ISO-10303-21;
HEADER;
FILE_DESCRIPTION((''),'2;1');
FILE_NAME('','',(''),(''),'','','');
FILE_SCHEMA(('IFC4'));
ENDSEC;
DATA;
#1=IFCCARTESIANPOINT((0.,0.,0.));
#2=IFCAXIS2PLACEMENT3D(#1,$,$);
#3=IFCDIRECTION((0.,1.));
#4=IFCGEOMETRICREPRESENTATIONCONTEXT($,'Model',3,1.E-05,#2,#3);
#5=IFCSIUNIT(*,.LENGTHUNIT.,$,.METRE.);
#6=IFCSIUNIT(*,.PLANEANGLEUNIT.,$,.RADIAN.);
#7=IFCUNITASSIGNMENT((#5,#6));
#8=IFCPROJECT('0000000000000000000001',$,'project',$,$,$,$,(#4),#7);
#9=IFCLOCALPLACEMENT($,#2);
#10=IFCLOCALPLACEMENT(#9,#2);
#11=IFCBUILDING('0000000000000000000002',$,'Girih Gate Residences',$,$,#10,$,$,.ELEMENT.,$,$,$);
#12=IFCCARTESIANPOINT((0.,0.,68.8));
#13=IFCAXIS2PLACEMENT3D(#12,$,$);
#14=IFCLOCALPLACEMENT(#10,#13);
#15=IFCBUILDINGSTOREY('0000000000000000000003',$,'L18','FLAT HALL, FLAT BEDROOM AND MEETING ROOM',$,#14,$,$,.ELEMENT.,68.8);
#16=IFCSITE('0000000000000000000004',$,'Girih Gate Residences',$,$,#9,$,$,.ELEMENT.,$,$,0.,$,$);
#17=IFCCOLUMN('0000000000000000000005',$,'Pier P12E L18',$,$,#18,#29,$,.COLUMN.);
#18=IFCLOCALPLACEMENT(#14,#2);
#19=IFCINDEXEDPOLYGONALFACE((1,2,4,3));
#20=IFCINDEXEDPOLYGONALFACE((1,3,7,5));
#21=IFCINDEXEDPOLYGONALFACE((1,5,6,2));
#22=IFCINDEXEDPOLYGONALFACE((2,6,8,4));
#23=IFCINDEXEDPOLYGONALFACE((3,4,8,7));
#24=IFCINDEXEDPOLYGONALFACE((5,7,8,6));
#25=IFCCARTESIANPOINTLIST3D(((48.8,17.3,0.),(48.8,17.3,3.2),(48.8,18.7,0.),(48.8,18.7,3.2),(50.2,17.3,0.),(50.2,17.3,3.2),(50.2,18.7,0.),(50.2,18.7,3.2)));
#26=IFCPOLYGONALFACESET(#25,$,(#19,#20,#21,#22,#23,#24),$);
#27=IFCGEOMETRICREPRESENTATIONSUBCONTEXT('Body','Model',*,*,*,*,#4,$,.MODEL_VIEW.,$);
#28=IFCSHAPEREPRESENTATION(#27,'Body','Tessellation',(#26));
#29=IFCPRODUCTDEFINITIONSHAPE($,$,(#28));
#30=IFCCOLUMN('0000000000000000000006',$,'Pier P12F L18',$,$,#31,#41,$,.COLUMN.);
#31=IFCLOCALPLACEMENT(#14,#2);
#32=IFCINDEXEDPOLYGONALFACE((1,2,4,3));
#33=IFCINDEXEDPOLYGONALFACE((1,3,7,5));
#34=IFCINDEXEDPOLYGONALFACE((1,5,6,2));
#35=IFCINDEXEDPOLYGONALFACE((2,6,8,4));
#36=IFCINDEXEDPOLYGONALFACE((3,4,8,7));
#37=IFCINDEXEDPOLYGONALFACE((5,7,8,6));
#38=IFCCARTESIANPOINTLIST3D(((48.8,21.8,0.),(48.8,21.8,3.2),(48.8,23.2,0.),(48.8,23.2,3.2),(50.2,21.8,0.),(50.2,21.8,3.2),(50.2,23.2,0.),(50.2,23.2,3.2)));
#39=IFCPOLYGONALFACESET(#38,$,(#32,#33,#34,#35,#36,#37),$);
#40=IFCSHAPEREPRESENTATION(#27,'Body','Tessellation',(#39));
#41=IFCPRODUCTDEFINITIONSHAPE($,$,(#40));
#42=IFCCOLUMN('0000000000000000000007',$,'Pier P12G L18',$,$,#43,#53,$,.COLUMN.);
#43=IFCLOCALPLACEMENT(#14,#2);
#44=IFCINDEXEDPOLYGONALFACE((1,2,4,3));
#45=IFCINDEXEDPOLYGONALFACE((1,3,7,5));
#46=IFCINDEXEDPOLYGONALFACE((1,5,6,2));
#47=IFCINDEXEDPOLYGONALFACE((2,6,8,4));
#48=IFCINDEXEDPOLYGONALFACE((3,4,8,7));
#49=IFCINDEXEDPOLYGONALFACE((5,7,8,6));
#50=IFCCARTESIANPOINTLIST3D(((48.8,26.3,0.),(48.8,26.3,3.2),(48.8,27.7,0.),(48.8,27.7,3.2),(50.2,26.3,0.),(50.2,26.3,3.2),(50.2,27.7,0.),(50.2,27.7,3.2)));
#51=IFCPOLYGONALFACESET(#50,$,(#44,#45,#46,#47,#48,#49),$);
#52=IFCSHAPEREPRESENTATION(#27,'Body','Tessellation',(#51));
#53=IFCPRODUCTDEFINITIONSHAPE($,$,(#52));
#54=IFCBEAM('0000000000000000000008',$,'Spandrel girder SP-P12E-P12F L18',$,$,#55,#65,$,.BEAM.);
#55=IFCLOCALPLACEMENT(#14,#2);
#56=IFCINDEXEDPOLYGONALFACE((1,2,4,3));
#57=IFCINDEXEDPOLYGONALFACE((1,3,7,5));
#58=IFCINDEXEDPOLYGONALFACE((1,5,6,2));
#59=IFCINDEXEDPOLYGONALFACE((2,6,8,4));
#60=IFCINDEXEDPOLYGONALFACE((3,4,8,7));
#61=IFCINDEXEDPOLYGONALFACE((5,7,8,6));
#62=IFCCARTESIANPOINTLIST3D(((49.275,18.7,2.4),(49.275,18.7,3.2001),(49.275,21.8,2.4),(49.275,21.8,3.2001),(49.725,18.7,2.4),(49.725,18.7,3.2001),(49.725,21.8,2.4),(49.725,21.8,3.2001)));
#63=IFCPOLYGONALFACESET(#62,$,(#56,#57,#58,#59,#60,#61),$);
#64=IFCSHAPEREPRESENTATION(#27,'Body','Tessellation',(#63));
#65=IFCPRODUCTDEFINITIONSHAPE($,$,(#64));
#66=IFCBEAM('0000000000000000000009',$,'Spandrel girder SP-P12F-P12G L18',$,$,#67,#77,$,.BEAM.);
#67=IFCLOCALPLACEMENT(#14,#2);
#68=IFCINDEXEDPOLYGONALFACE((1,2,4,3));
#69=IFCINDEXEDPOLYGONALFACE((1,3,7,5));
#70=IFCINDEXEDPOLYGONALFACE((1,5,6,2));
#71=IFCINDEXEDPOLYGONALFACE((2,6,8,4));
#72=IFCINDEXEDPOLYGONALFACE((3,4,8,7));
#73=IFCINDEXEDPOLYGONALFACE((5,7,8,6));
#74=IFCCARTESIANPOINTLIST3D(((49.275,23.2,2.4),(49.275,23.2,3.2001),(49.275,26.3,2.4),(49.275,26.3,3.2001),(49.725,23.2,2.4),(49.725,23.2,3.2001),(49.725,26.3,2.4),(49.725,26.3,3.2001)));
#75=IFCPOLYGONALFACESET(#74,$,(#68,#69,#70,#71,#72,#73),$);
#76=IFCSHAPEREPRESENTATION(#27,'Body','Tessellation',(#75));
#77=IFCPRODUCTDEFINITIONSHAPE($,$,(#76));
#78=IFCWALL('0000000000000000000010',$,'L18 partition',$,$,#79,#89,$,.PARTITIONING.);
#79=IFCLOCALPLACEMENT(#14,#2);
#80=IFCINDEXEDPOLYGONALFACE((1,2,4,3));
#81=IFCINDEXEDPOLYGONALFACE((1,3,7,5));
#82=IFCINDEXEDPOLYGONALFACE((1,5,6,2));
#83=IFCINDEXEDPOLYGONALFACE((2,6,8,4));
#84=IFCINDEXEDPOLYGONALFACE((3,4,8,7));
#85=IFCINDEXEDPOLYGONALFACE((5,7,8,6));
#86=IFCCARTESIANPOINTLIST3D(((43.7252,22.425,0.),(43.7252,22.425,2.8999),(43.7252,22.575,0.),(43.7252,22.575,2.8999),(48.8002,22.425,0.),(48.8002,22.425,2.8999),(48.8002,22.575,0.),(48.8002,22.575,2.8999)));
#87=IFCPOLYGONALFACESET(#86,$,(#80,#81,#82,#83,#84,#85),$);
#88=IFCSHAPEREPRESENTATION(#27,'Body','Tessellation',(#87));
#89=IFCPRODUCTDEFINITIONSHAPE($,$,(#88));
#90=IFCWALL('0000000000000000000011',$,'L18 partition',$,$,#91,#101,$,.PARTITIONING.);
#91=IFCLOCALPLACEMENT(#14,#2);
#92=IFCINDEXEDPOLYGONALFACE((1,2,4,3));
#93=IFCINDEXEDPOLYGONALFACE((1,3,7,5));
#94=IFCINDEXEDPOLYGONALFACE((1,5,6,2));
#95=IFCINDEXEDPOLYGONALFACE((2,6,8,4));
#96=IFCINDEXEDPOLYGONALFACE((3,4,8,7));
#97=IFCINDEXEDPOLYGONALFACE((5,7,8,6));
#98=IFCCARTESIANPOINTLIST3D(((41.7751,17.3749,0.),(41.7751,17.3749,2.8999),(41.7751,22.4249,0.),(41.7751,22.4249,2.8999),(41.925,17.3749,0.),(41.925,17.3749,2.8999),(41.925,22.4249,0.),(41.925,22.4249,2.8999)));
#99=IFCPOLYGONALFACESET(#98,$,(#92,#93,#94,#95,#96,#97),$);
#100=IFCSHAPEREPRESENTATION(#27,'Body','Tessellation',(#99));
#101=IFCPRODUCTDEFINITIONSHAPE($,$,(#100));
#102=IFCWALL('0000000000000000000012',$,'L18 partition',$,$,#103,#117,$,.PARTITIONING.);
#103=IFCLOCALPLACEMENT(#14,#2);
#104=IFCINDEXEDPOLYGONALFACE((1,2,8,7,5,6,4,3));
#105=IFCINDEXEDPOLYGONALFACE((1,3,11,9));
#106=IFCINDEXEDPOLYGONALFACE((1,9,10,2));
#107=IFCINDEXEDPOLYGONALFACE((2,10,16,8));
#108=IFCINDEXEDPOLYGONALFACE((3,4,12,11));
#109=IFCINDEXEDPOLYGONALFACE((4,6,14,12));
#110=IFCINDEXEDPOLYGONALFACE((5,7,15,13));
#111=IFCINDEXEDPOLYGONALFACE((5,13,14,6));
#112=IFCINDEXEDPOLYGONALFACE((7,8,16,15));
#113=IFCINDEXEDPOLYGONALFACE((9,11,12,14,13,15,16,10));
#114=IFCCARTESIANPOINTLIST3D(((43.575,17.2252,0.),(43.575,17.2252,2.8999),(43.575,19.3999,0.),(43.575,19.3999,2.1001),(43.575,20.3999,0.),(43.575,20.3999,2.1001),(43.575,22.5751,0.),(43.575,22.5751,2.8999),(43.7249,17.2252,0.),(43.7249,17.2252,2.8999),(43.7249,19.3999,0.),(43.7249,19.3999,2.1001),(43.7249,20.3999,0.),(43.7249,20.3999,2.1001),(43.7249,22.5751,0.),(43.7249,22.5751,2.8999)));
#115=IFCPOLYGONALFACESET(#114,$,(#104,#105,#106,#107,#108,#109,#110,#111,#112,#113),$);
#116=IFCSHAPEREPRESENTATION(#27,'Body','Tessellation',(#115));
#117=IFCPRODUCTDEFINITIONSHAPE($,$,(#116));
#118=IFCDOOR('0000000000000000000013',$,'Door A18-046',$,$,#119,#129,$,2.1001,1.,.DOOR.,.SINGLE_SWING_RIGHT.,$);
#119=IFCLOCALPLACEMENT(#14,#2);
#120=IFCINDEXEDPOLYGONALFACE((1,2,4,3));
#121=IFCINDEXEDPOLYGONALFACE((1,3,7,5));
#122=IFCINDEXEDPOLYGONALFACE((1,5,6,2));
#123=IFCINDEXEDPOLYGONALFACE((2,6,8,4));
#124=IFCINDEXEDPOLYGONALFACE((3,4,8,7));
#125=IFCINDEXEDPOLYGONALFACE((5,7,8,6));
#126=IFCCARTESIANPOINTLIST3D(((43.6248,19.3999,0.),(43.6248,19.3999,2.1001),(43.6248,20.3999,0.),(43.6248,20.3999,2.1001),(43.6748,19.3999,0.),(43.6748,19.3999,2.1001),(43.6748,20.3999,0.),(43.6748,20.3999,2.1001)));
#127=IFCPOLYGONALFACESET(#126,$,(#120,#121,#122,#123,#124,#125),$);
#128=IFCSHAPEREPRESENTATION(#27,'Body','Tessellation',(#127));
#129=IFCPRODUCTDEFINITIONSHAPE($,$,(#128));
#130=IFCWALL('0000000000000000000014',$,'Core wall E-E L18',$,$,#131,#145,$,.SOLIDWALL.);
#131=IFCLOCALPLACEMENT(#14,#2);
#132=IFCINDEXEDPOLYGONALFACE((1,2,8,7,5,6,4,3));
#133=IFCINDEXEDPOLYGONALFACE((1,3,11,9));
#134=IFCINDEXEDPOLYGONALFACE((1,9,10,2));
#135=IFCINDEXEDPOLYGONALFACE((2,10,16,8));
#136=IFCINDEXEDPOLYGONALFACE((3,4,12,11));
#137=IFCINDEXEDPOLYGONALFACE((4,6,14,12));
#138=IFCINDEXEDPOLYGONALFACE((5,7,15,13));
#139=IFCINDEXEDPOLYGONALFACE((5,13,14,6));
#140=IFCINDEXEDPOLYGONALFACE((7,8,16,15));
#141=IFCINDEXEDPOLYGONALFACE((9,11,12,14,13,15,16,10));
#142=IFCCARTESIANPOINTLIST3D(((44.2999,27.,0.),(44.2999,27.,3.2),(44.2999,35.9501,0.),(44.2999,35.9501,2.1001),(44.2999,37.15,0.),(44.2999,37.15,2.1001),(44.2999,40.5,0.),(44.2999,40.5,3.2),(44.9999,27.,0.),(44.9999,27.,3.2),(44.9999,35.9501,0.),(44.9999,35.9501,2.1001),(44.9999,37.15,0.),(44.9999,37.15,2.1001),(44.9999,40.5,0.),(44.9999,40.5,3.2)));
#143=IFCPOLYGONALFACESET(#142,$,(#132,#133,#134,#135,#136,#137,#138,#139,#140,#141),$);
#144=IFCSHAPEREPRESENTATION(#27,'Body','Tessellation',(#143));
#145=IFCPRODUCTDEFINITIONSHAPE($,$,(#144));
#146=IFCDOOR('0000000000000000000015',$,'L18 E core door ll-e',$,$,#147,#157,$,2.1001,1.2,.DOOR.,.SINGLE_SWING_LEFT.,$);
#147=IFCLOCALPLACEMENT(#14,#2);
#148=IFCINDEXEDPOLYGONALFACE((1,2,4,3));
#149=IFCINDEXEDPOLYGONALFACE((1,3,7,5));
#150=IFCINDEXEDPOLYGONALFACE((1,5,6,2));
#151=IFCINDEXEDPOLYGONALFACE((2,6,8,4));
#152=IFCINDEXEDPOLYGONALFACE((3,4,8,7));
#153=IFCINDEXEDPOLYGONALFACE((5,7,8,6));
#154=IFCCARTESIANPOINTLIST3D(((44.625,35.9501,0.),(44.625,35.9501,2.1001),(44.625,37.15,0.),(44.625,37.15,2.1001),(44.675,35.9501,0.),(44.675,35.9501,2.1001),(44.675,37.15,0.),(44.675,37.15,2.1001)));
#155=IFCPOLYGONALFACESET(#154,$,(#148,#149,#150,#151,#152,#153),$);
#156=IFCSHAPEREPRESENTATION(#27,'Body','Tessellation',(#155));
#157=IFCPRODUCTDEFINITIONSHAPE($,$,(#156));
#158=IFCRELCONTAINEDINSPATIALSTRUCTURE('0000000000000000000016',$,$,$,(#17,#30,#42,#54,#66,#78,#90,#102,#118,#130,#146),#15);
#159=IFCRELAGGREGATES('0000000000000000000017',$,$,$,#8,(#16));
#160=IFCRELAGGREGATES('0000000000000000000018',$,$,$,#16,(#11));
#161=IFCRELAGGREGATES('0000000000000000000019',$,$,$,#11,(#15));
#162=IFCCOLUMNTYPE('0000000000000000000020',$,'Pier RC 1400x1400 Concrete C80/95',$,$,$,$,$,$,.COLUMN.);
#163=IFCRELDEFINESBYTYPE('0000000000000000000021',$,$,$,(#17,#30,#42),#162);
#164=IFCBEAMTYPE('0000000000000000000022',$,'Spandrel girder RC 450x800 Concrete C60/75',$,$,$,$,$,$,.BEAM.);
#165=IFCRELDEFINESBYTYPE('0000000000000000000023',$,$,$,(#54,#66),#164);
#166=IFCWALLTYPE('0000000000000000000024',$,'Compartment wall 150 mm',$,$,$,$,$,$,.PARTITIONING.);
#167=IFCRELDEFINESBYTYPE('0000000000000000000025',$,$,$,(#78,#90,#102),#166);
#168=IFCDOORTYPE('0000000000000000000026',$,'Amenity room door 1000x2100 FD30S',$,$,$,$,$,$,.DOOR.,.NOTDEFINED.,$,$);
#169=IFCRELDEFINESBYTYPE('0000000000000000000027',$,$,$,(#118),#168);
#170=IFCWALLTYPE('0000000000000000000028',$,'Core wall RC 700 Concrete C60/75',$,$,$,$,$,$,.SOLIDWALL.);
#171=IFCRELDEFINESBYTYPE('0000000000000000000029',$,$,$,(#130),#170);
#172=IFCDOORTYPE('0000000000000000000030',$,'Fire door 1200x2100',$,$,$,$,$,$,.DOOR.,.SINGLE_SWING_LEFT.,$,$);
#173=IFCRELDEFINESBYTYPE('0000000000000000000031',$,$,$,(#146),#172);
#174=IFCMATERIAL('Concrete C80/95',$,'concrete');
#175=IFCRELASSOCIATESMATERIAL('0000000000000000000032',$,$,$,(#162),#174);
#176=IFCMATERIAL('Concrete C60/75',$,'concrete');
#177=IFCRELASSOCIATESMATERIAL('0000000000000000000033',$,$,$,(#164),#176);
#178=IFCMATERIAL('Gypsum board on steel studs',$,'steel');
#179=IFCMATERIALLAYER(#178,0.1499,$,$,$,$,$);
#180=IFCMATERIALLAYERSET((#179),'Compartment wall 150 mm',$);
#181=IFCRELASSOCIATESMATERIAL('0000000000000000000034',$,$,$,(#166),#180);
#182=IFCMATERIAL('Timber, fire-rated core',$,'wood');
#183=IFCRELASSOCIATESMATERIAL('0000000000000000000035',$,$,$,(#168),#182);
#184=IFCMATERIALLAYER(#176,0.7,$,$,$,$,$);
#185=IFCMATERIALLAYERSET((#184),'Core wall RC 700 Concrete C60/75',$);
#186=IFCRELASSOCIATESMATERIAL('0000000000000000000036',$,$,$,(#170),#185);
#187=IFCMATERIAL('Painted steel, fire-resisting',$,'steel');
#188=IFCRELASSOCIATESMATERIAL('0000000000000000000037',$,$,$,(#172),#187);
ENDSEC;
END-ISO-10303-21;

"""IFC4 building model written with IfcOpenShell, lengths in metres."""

from ifc_helpers import new_model, si_unit, direction, frame, frame_2d, origin, origin_2d, place, context, subcontext, project, spatial, rectangle, extrude, material, layer, layer_set, material_profile, profile_set, type_object, element, fill, save


model = new_model("IFC4")

# Units and contexts
model_context = context("Model", 3, precision=1e-05, world=origin(), true_north=direction((0.0, 1.0)))
body_context = subcontext(model_context, "Body", "Model", "MODEL_VIEW")
ifc_project = project(units=[si_unit("LENGTHUNIT", "METRE"), si_unit("PLANEANGLEUNIT", "RADIAN")], contexts=[model_context])

# Site, building, storey
site_placement = place(None, origin())
site = spatial("IfcSite", under=ifc_project, at=site_placement, Name="Girih Gate Residences", CompositionType="ELEMENT", RefElevation=0.0)
building_placement = place(site_placement, origin())
building = spatial("IfcBuilding", under=site, at=building_placement, Name="Girih Gate Residences", CompositionType="ELEMENT")
storey_placement = place(building_placement, frame((0.0, 0.0, 68.8)))
storey = spatial("IfcBuildingStorey", under=building, at=storey_placement, Name="L18", Description="FLAT HALL, FLAT BEDROOM AND MEETING ROOM", CompositionType="ELEMENT", Elevation=68.8)

# Columns
ifc_material_1 = material(Name="Concrete C80/95", Category="concrete")
ifc_material_profile_1 = material_profile(ifc_material_1, rectangle(XDim=1.3999, YDim=1.3999, at=origin_2d()))
ifc_profile_set_1 = profile_set([ifc_material_profile_1], Name="Concrete C80/95")
column_type = type_object("IfcColumnType", Name="Pier RC 1400x1400 Concrete C80/95", PredefinedType="COLUMN", material=ifc_profile_set_1)
for number, where, z_axis, x_axis, name in (
    (1, (49.5, 18.0, 0.0), (0.0, 0.0, 1.0), (1.0, 0.0, 0.0), "Pier P12E L18"),
    (2, (49.5, 22.5, 0.0), (0.0, 0.0, 1.0), (1.0, 0.0, 0.0), "Pier P12F L18"),
    (3, (49.5, 27.0, 0.0), (0.0, 0.0, 1.0), (1.0, 0.0, 0.0), "Pier P12G L18"),
):
    element("IfcColumn", number, at=place(storey_placement, frame(where, z_axis=z_axis, x_axis=x_axis)), inside=storey, type_object=column_type, Name=name, PredefinedType="COLUMN", context=body_context, shape_type="SweptSolid", body=[
        extrude(rectangle(XDim=1.3999, YDim=1.3999, at=origin_2d()), origin(), (0.0, 0.0, 1.0), 3.2),
    ])

# Beams
ifc_material_2 = material(Name="Concrete C60/75", Category="concrete")
ifc_material_profile_2 = material_profile(ifc_material_2, rectangle(XDim=0.45, YDim=0.8, at=origin_2d()))
ifc_profile_set_2 = profile_set([ifc_material_profile_2], Name="Concrete C60/75")
beam_type = type_object("IfcBeamType", Name="Spandrel girder RC 450x800 Concrete C60/75", PredefinedType="BEAM", material=ifc_profile_set_2)
for number, where, z_axis, x_axis, name in (
    (4, (49.5, 18.7, 2.8), (0.0, 1.0, 0.0), (-1.0, 0.0, 0.0), "Spandrel girder SP-P12E-P12F L18"),
    (5, (49.5, 23.2, 2.8), (0.0, 1.0, 0.0), (-1.0, 0.0, 0.0), "Spandrel girder SP-P12F-P12G L18"),
):
    element("IfcBeam", number, at=place(storey_placement, frame(where, z_axis=z_axis, x_axis=x_axis)), inside=storey, type_object=beam_type, Name=name, PredefinedType="BEAM", context=body_context, shape_type="SweptSolid", body=[
        extrude(rectangle(XDim=0.45, YDim=0.8, at=origin_2d()), origin(), (0.0, 0.0, 1.0), 3.1001),
    ])

# Walls
ifc_material_3 = material(Name="Gypsum board on steel studs", Category="steel")
ifc_layer_1 = layer(ifc_material_3, 0.1499)
ifc_layer_set_1 = layer_set([ifc_layer_1], Name="Compartment wall 150 mm")
wall_type_1 = type_object("IfcWallType", Name="Compartment wall 150 mm", PredefinedType="PARTITIONING", material=ifc_layer_set_1)
wall_1_placement = place(storey_placement, frame((43.7251, 22.5, 0.0), z_axis=(0.0, 0.0, 1.0), x_axis=(1.0, 0.0, 0.0)))
element("IfcWall", 6, at=wall_1_placement, inside=storey, type_object=wall_type_1, Name="L18 partition", PredefinedType="PARTITIONING", context=body_context, shape_type="SweptSolid", body=[
    extrude(rectangle(XDim=5.075, YDim=0.1499, at=frame_2d((2.5376, 0.0))), origin(), (0.0, 0.0, 1.0), 2.8999),
])
wall_2_placement = place(storey_placement, frame((41.8501, 17.375, 0.0), z_axis=(0.0, 0.0, 1.0), x_axis=(0.0, 1.0, 0.0)))
element("IfcWall", 7, at=wall_2_placement, inside=storey, type_object=wall_type_1, Name="L18 partition", PredefinedType="PARTITIONING", context=body_context, shape_type="SweptSolid", body=[
    extrude(rectangle(XDim=5.05, YDim=0.1499, at=frame_2d((2.5249, 0.0))), origin(), (0.0, 0.0, 1.0), 2.8999),
])

# Walls, openings, doors
wall_3_placement = place(storey_placement, frame((43.6499, 22.575, 0.0), z_axis=(0.0, 0.0, 1.0), x_axis=(0.0, -1.0, 0.0)))
wall_3 = element("IfcWall", 8, at=wall_3_placement, inside=storey, type_object=wall_type_1, Name="L18 partition", PredefinedType="PARTITIONING", context=body_context, shape_type="SweptSolid", body=[
    extrude(rectangle(XDim=5.3499, YDim=0.1499, at=frame_2d((2.6748, 0.0))), origin(), (0.0, 0.0, 1.0), 2.8999),
])
opening_1_placement = place(wall_3_placement, frame((2.175, 0.0, 0.0)))
opening_1 = element("IfcOpeningElement", 9, at=opening_1_placement, cuts=wall_3, PredefinedType="OPENING", context=body_context, shape_type="SweptSolid", body=[
    extrude(rectangle(XDim=1.0, YDim=2.1001, at=frame_2d((0.5, 1.05))), frame((0.0, 0.085, 0.0), z_axis=(0.0, -1.0, 0.0), x_axis=(1.0, 0.0, 0.0)), (0.0, 0.0, 1.0), 0.1699),
])
ifc_material_4 = material(Name="Timber, fire-rated core", Category="wood")
door_type_1 = type_object("IfcDoorType", Name="Amenity room door 1000x2100 FD30S", OperationType="NOTDEFINED", PredefinedType="DOOR", material=ifc_material_4)
door_1_placement = place(opening_1_placement, origin())
door_1 = element("IfcDoor", 10, at=door_1_placement, inside=storey, type_object=door_type_1, Name="Door A18-046", OperationType="SINGLE_SWING_RIGHT", OverallHeight=2.1001, OverallWidth=1.0, PredefinedType="DOOR", context=body_context, shape_type="SweptSolid", body=[
    extrude(rectangle(XDim=1.0, YDim=2.1001, at=frame_2d((0.5, 1.05))), frame((0.0, 0.0249, 0.0), z_axis=(0.0, -1.0, 0.0), x_axis=(1.0, 0.0, 0.0)), (0.0, 0.0, 1.0), 0.05),
])
fill(opening_1, door_1)
ifc_layer_2 = layer(ifc_material_2, 0.7)
ifc_layer_set_2 = layer_set([ifc_layer_2], Name="Core wall RC 700 Concrete C60/75")
wall_type_2 = type_object("IfcWallType", Name="Core wall RC 700 Concrete C60/75", PredefinedType="SOLIDWALL", material=ifc_layer_set_2)
wall_4_placement = place(storey_placement, frame((44.6499, 27.0, 0.0), z_axis=(0.0, 0.0, 1.0), x_axis=(0.0, 1.0, 0.0)))
wall_4 = element("IfcWall", 11, at=wall_4_placement, inside=storey, type_object=wall_type_2, Name="Core wall E-E L18", PredefinedType="SOLIDWALL", context=body_context, shape_type="SweptSolid", body=[
    extrude(rectangle(XDim=13.5, YDim=0.7, at=frame_2d((6.75, 0.0))), origin(), (0.0, 0.0, 1.0), 3.2),
])
opening_2_placement = place(wall_4_placement, frame((8.95, 0.0, 0.0)))
opening_2 = element("IfcOpeningElement", 12, at=opening_2_placement, cuts=wall_4, PredefinedType="OPENING", context=body_context, shape_type="SweptSolid", body=[
    extrude(rectangle(XDim=1.2, YDim=2.1001, at=frame_2d((0.6001, 1.05))), frame((0.0, 0.3599, 0.0), z_axis=(0.0, -1.0, 0.0), x_axis=(1.0, 0.0, 0.0)), (0.0, 0.0, 1.0), 0.72),
])
ifc_material_5 = material(Name="Painted steel, fire-resisting", Category="steel")
door_type_2 = type_object("IfcDoorType", Name="Fire door 1200x2100", OperationType="SINGLE_SWING_LEFT", PredefinedType="DOOR", material=ifc_material_5)
door_2_placement = place(opening_2_placement, origin())
door_2 = element("IfcDoor", 13, at=door_2_placement, inside=storey, type_object=door_type_2, Name="L18 E core door ll-e", OperationType="SINGLE_SWING_LEFT", OverallHeight=2.1001, OverallWidth=1.2, PredefinedType="DOOR", context=body_context, shape_type="SweptSolid", body=[
    extrude(rectangle(XDim=1.2, YDim=2.1001, at=frame_2d((0.6001, 1.05))), frame((0.0, 0.0249, 0.0), z_axis=(0.0, -1.0, 0.0), x_axis=(1.0, 0.0, 0.0)), (0.0, 0.0, 1.0), 0.05),
])
fill(opening_2, door_2)

save(model, "model.ifc")
